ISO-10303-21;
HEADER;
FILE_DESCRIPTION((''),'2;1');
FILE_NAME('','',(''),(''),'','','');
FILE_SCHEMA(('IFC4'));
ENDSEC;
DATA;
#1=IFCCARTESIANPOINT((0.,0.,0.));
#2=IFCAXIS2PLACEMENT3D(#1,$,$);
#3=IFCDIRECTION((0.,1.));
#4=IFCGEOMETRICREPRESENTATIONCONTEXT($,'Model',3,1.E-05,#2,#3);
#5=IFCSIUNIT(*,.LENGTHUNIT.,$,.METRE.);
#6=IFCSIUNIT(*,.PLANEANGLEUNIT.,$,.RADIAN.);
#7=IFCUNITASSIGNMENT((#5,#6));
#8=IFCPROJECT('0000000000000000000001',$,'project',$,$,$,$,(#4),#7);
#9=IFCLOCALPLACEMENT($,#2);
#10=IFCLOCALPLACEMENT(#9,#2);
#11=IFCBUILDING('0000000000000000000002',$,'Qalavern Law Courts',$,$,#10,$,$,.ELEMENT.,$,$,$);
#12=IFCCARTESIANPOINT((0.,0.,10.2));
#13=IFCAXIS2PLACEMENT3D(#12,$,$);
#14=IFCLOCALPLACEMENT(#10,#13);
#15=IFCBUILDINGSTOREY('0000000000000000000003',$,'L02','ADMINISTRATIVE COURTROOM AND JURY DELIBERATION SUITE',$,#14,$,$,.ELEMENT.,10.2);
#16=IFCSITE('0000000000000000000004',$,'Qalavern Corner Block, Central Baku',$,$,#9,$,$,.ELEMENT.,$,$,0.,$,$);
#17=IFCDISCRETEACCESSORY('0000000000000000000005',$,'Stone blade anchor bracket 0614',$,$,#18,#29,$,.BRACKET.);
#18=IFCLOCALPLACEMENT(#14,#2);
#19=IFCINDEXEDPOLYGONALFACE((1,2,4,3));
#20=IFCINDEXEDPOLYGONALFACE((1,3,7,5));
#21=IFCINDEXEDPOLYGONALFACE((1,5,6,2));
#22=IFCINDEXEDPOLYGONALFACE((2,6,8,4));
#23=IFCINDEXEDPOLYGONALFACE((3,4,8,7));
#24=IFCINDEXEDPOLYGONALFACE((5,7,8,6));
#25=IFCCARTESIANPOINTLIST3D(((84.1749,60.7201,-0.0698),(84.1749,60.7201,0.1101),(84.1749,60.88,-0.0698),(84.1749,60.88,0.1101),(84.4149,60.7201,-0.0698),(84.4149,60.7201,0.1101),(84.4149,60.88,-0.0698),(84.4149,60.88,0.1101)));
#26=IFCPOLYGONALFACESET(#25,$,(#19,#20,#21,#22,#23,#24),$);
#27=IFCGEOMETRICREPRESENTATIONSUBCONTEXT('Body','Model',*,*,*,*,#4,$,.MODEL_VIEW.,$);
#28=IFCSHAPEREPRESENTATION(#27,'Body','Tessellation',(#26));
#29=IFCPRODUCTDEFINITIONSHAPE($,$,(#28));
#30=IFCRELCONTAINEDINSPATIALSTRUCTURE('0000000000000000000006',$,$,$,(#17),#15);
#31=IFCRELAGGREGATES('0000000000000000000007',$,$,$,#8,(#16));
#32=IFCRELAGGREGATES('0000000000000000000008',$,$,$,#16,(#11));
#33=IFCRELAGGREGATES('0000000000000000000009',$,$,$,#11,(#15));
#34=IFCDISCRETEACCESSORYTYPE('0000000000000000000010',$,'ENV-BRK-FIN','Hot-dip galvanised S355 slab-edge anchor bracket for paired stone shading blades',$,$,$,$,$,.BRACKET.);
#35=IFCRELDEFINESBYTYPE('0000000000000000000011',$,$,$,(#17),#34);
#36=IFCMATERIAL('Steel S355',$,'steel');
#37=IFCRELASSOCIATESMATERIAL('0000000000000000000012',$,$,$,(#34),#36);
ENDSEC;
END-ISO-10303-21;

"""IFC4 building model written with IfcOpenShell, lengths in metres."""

from ifc_helpers import new_model, si_unit, direction, frame, origin, origin_2d, place, context, subcontext, project, spatial, rectangle, extrude, material, type_object, element, save


model = new_model("IFC4")

# Units and contexts
model_context = context("Model", 3, precision=1e-05, world=origin(), true_north=direction((0.0, 1.0)))
body_context = subcontext(model_context, "Body", "Model", "MODEL_VIEW")
ifc_project = project(units=[si_unit("LENGTHUNIT", "METRE"), si_unit("PLANEANGLEUNIT", "RADIAN")], contexts=[model_context])

# Site, building, storey
site_placement = place(None, origin())
site = spatial("IfcSite", under=ifc_project, at=site_placement, Name="Qalavern Corner Block, Central Baku", CompositionType="ELEMENT", RefElevation=0.0)
building_placement = place(site_placement, origin())
building = spatial("IfcBuilding", under=site, at=building_placement, Name="Qalavern Law Courts", CompositionType="ELEMENT")
storey_placement = place(building_placement, frame((0.0, 0.0, 10.2)))
storey = spatial("IfcBuildingStorey", under=building, at=storey_placement, Name="L02", Description="ADMINISTRATIVE COURTROOM AND JURY DELIBERATION SUITE", CompositionType="ELEMENT", Elevation=10.2)

# Shared definitions
ifc_material_1 = material(Name="Steel S355", Category="steel")

# Discrete accessory
discrete_accessory_type = type_object("IfcDiscreteAccessoryType", Name="ENV-BRK-FIN", Description="Hot-dip galvanised S355 slab-edge anchor bracket for paired stone shading blades", PredefinedType="BRACKET", material=ifc_material_1)
for number, where, z_axis, x_axis, name in (
    (1, (84.2949, 60.8, -0.0698), (0.0, 0.0, 1.0), (-1.0, 0.0, 0.0), "Stone blade anchor bracket 0614"),
):
    element("IfcDiscreteAccessory", number, at=place(storey_placement, frame(where, z_axis=z_axis, x_axis=x_axis)), inside=storey, type_object=discrete_accessory_type, Name=name, PredefinedType="BRACKET", context=body_context, shape_type="SweptSolid", body=[
        extrude(rectangle(XDim=0.24, YDim=0.1599, at=origin_2d()), origin(), (0.0, 0.0, 1.0), 0.1799),
    ])

save(model, "model.ifc")
